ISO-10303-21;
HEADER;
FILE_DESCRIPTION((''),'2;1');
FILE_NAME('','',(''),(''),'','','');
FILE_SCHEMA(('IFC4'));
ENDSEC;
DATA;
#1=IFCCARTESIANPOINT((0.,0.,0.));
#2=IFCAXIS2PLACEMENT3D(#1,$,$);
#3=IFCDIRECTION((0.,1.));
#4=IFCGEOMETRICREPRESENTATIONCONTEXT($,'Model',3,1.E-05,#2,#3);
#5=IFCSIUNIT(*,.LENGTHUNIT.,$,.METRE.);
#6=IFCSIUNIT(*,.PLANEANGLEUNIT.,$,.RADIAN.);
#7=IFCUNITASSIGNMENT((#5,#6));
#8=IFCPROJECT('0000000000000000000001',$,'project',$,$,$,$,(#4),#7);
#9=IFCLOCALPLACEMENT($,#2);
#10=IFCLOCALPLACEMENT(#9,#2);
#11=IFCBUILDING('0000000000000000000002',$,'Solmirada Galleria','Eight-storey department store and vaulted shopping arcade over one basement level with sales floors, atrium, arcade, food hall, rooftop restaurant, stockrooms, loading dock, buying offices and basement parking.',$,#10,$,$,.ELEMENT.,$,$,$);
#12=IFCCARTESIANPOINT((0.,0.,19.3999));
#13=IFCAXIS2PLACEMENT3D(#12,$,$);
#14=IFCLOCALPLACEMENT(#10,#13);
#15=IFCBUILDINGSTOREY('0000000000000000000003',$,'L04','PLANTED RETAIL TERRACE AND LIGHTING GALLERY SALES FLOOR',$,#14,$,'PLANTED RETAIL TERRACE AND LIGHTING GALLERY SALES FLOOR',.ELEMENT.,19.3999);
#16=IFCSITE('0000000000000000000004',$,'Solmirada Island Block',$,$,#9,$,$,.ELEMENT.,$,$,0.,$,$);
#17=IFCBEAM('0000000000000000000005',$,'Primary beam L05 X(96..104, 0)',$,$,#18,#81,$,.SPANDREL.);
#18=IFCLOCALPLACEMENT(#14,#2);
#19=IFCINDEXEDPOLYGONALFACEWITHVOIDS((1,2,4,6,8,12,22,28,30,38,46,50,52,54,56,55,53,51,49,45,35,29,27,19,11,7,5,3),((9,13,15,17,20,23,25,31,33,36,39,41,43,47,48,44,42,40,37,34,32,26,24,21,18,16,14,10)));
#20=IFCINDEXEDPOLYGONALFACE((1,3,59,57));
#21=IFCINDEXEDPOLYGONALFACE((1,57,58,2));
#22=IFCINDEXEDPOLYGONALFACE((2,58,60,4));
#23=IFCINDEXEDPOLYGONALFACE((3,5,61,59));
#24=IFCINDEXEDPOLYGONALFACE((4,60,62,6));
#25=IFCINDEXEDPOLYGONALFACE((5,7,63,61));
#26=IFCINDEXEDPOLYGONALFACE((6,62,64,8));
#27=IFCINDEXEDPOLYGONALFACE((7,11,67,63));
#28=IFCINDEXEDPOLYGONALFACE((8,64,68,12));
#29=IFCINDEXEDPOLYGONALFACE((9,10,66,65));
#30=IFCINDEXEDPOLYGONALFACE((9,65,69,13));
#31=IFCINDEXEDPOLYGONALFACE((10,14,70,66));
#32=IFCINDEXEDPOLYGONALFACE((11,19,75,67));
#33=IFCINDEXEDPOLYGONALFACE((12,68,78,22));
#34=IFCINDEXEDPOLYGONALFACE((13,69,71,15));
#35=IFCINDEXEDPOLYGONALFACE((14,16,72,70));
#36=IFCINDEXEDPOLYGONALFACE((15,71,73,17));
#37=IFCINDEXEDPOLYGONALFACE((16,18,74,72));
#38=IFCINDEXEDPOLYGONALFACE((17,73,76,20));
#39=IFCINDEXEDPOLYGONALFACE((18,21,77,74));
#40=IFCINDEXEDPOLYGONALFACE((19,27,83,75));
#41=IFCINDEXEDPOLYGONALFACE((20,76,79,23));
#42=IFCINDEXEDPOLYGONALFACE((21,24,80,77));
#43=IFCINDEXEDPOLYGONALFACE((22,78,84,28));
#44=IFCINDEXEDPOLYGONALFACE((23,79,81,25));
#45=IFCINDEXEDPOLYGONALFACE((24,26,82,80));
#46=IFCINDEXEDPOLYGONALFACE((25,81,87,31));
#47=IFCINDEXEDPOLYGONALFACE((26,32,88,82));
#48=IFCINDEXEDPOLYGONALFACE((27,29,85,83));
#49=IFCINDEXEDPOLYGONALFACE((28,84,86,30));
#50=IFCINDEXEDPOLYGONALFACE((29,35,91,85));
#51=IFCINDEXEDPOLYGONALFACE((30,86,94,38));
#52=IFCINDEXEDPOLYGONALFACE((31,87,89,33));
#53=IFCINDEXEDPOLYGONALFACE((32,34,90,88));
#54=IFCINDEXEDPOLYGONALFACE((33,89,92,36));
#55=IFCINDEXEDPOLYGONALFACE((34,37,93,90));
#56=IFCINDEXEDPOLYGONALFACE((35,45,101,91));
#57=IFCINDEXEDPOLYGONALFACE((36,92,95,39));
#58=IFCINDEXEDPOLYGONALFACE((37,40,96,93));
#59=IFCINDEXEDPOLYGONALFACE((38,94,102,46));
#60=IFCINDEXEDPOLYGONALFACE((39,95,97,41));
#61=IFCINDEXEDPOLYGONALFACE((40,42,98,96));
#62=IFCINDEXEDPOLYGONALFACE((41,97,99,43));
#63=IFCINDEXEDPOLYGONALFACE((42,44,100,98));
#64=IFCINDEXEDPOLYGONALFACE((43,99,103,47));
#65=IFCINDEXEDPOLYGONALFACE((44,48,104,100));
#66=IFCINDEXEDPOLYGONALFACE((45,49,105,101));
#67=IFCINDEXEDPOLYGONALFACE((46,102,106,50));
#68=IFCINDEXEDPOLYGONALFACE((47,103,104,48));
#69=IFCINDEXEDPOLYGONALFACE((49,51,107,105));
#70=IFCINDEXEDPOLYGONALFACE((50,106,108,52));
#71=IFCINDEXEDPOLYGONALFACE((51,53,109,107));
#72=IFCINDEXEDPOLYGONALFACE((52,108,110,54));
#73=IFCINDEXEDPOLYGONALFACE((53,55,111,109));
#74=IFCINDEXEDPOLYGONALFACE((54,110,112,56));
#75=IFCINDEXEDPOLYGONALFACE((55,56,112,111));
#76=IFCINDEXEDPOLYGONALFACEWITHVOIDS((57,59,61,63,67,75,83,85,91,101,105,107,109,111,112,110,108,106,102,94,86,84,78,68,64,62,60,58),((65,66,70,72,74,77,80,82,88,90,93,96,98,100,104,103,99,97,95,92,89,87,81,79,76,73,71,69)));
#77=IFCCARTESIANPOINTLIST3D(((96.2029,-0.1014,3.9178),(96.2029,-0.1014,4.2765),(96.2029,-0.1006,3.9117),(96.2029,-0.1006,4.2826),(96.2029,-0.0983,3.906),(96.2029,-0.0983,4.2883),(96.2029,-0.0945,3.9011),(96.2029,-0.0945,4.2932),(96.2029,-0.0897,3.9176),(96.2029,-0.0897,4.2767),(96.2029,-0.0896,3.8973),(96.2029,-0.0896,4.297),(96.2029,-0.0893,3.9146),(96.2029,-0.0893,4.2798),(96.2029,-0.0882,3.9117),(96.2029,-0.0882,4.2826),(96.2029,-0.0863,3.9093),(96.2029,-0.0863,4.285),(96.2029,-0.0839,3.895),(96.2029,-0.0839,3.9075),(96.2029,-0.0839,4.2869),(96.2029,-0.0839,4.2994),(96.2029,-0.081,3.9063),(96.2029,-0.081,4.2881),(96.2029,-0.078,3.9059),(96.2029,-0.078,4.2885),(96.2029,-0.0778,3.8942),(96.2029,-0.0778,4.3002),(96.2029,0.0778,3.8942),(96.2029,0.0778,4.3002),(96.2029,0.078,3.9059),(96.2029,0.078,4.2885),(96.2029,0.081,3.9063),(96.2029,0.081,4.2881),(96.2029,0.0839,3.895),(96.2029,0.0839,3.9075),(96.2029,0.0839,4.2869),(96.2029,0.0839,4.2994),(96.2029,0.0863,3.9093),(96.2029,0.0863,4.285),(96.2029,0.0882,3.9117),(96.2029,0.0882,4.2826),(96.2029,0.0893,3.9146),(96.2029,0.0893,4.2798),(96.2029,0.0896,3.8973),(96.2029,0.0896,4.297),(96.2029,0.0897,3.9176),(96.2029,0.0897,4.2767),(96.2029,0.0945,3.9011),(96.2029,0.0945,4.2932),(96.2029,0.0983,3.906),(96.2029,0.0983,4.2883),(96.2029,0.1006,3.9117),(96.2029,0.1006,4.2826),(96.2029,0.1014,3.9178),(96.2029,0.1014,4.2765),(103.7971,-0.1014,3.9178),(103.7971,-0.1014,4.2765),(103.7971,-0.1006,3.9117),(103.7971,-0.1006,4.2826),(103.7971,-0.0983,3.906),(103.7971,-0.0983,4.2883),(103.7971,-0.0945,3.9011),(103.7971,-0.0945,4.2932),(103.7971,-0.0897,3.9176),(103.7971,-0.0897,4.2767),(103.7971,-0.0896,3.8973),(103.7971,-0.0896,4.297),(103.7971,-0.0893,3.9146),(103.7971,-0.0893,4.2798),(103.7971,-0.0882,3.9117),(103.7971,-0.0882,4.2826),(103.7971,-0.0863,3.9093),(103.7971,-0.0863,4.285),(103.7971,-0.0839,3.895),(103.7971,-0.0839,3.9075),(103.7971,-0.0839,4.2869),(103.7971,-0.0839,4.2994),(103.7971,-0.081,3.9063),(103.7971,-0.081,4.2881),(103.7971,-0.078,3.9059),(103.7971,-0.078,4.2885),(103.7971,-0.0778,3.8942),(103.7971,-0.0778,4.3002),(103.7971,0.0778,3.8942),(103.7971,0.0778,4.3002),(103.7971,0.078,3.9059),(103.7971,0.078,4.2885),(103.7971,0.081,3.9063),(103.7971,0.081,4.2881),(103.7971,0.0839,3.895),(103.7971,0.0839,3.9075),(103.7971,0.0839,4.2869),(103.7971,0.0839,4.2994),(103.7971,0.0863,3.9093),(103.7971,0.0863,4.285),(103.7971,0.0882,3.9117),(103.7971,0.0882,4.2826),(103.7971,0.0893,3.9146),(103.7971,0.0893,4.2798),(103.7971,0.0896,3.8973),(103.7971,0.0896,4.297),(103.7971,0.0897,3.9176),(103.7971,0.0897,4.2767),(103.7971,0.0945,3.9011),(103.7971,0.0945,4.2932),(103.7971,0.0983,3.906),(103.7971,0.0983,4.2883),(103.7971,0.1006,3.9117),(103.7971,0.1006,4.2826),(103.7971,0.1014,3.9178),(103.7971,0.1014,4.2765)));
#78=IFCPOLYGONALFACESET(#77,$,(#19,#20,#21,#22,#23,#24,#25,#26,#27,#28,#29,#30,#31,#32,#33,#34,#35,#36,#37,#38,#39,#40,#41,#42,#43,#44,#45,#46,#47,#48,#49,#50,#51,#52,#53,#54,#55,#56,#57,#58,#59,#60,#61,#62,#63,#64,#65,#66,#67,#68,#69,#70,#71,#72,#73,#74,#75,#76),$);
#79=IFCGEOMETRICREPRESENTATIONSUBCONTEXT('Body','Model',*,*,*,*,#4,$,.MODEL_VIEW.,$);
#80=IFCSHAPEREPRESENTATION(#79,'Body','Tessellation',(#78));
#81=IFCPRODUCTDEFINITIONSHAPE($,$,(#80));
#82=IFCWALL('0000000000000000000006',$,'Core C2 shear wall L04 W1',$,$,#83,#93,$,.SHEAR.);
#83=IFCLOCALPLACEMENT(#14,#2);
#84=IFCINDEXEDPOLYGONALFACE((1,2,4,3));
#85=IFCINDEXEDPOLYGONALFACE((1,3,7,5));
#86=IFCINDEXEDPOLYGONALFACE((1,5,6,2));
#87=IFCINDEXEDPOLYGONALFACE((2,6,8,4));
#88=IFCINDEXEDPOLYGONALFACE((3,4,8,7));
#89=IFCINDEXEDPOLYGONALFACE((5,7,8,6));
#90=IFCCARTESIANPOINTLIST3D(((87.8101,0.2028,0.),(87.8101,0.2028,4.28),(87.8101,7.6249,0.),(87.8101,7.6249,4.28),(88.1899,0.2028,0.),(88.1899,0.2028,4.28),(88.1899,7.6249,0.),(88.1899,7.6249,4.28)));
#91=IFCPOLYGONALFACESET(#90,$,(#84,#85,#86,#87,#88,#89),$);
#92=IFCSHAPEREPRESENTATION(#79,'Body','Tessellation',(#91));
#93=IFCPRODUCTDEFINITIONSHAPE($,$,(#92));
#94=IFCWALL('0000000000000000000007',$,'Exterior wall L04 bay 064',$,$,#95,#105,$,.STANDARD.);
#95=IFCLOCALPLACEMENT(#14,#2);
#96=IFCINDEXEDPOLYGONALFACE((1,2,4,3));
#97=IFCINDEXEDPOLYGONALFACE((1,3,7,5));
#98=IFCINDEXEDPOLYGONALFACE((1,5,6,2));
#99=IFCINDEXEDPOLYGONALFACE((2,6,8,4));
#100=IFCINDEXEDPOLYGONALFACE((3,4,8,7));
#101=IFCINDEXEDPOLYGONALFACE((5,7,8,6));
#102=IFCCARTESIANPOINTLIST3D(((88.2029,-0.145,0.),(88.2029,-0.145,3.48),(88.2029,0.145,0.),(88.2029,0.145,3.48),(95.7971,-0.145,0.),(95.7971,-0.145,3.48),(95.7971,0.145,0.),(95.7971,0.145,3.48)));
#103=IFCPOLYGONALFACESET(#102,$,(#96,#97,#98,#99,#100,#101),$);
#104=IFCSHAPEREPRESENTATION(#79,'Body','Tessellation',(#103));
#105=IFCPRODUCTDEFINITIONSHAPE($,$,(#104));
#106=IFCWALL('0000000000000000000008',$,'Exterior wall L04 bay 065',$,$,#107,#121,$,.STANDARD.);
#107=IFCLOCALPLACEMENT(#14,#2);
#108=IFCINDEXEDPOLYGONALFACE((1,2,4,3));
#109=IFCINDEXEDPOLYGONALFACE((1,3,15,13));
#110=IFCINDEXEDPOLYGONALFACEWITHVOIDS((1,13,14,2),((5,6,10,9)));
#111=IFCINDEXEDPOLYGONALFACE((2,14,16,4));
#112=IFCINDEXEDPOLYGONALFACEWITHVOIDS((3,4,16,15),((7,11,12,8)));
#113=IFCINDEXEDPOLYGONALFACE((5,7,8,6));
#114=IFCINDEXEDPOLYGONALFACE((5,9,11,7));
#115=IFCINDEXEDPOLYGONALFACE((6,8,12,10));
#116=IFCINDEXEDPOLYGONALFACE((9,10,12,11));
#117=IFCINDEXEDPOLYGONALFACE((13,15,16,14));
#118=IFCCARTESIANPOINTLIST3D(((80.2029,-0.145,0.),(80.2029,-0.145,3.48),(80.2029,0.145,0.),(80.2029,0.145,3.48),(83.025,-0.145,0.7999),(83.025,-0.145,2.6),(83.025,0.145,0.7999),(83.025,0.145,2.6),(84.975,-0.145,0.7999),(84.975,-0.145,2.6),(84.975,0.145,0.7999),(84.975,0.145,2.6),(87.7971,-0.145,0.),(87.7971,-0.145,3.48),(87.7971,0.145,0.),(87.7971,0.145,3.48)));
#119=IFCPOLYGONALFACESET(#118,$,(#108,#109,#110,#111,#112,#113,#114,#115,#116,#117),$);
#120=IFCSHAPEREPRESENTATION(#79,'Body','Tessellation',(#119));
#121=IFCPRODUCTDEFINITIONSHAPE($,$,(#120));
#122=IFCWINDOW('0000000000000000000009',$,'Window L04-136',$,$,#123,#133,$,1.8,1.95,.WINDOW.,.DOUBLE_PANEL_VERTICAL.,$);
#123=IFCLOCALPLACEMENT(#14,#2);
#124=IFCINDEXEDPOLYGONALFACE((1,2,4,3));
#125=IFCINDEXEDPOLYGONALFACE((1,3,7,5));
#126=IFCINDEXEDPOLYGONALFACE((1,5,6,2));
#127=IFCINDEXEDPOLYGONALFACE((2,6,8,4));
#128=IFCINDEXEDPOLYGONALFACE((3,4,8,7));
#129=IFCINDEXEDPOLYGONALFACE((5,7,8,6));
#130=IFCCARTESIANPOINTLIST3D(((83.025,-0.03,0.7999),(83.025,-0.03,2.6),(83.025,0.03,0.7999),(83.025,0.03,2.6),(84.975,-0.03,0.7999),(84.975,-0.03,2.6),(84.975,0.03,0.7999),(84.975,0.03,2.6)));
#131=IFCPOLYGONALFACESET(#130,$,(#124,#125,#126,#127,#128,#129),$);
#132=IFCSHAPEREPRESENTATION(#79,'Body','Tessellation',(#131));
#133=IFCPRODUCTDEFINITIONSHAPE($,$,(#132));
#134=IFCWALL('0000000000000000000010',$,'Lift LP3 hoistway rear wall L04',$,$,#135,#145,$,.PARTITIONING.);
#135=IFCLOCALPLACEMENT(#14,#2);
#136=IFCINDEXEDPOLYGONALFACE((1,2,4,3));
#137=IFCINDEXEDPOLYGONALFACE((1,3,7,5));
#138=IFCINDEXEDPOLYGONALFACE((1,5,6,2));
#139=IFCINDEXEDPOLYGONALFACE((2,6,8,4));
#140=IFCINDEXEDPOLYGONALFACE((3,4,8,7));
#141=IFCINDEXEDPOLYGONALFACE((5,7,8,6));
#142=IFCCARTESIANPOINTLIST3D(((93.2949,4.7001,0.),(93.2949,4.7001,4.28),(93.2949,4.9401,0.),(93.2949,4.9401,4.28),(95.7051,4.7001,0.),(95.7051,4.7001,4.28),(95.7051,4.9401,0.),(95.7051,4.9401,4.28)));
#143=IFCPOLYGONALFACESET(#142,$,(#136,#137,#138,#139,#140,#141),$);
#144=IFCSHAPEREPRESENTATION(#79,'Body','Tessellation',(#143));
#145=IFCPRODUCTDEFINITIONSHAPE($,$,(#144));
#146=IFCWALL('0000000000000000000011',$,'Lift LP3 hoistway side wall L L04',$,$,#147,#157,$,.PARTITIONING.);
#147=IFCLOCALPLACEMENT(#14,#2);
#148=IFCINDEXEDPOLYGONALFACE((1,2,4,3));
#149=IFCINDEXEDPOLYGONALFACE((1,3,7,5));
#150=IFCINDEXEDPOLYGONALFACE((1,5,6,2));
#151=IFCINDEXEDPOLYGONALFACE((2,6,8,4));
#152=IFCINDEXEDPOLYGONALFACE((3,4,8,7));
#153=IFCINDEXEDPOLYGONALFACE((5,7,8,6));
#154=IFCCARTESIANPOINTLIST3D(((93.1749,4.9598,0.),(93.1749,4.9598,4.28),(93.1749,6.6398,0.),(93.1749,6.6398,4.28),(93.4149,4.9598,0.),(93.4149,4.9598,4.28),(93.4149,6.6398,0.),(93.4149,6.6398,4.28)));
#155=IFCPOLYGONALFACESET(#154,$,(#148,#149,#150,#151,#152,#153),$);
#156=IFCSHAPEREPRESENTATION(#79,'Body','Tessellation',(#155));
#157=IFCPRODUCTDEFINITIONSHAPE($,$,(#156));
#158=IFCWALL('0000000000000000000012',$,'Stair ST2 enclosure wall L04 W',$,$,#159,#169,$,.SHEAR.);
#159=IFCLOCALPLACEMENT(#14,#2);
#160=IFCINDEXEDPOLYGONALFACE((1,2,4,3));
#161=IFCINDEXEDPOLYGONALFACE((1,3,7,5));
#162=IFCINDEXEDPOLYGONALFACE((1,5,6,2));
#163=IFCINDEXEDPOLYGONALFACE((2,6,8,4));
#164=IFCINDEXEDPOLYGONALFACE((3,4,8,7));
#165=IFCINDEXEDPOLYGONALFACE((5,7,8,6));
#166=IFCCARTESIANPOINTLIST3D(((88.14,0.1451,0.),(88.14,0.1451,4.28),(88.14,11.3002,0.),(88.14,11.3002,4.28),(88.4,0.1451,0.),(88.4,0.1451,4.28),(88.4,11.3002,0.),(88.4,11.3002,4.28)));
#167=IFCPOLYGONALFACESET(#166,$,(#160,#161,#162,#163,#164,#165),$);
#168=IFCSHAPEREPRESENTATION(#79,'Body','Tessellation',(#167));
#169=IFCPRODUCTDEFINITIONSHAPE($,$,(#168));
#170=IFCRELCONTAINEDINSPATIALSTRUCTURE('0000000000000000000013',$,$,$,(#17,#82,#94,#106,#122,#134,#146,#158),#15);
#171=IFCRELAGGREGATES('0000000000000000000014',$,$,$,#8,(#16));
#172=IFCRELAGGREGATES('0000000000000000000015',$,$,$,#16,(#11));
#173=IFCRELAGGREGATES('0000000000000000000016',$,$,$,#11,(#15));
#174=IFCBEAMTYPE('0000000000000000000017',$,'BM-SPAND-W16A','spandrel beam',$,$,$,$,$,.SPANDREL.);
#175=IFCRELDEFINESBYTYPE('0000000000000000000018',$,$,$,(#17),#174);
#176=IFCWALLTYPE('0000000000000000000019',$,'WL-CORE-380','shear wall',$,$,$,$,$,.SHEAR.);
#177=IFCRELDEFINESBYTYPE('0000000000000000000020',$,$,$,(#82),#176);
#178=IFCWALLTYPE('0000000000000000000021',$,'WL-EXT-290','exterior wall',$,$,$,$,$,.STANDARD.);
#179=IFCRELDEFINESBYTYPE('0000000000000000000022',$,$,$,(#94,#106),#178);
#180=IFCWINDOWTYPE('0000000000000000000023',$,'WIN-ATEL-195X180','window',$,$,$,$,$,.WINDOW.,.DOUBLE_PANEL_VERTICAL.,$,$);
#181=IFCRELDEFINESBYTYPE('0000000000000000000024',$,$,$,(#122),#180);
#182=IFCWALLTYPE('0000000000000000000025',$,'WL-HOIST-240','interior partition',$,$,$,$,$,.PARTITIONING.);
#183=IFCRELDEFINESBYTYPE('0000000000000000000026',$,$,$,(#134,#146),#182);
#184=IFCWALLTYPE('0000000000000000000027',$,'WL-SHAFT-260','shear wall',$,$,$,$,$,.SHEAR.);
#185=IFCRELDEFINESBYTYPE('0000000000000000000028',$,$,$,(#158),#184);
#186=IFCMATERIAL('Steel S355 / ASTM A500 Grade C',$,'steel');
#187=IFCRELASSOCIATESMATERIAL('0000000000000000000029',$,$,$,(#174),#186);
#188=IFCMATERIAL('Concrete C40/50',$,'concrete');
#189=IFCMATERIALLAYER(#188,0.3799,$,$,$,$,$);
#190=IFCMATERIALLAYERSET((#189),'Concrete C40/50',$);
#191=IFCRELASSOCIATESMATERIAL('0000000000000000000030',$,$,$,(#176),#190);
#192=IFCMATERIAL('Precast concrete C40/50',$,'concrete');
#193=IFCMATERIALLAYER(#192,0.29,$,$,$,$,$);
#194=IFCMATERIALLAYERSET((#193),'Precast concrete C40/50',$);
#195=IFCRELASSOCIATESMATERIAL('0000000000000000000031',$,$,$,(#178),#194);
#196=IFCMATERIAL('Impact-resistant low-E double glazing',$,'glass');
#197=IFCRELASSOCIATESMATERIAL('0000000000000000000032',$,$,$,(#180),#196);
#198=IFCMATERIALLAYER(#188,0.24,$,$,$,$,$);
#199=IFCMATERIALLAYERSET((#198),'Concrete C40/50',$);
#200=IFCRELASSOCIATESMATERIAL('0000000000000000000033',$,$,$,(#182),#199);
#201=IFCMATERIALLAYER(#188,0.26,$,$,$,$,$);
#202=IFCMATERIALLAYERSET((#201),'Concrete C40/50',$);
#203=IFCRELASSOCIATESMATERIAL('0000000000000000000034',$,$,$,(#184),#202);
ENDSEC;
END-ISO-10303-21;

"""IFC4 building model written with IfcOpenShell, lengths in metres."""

from ifc_helpers import new_model, si_unit, direction, frame, frame_2d, origin, origin_2d, place, context, subcontext, project, spatial, rectangle, hollow_rectangle, extrude, material, layer, layer_set, material_profile, profile_set, type_object, element, fill, save


model = new_model("IFC4")

# Units and contexts
model_context = context("Model", 3, precision=1e-05, world=origin(), true_north=direction((0.0, 1.0)))
body_context = subcontext(model_context, "Body", "Model", "MODEL_VIEW")
ifc_project = project(units=[si_unit("LENGTHUNIT", "METRE"), si_unit("PLANEANGLEUNIT", "RADIAN")], contexts=[model_context])

# Site, building, storey
site_placement = place(None, origin())
site = spatial("IfcSite", under=ifc_project, at=site_placement, Name="Solmirada Island Block", CompositionType="ELEMENT", RefElevation=0.0)
building_placement = place(site_placement, origin())
building = spatial("IfcBuilding", under=site, at=building_placement, Name="Solmirada Galleria", Description="Eight-storey department store and vaulted shopping arcade over one basement level with sales floors, atrium, arcade, food hall, rooftop restaurant, stockrooms, loading dock, buying offices and basement parking.", CompositionType="ELEMENT")
storey_placement = place(building_placement, frame((0.0, 0.0, 19.3999)))
storey = spatial("IfcBuildingStorey", under=building, at=storey_placement, Name="L04", Description="PLANTED RETAIL TERRACE AND LIGHTING GALLERY SALES FLOOR", LongName="PLANTED RETAIL TERRACE AND LIGHTING GALLERY SALES FLOOR", CompositionType="ELEMENT", Elevation=19.3999)

# Shared definitions
ifc_material_1 = material(Name="Steel S355 / ASTM A500 Grade C", Category="steel")

# Beam
ifc_material_profile_1 = material_profile(ifc_material_1, hollow_rectangle(XDim=0.2029, YDim=0.406, WallThickness=0.0117, InnerFilletRadius=0.0117, OuterFilletRadius=0.0237, at=origin_2d()), Name="HSS16X8X1/2")
ifc_profile_set_1 = profile_set([ifc_material_profile_1], Name="Steel S355 / ASTM A500 Grade C")
beam_type_1 = type_object("IfcBeamType", Name="BM-SPAND-W16A", Description="spandrel beam", PredefinedType="SPANDREL", material=ifc_profile_set_1)
for number, where, z_axis, x_axis, name in (
    (1, (96.2029, 0.0, 4.0972), (1.0, 0.0, 0.0), (0.0, 1.0, 0.0), "Primary beam L05 X(96..104, 0)"),
):
    element("IfcBeam", number, at=place(storey_placement, frame(where, z_axis=z_axis, x_axis=x_axis)), inside=storey, type_object=beam_type_1, Name=name, PredefinedType="SPANDREL", context=body_context, shape_type="SweptSolid", body=[
        extrude(hollow_rectangle(XDim=0.2029, YDim=0.406, WallThickness=0.0117, InnerFilletRadius=0.0117, OuterFilletRadius=0.0237, at=origin_2d()), origin(), (0.0, 0.0, 1.0), 7.5942),
    ])

# Wall
ifc_material_2 = material(Name="Concrete C40/50", Category="concrete")
ifc_layer_1 = layer(ifc_material_2, 0.3799)
ifc_layer_set_1 = layer_set([ifc_layer_1], Name="Concrete C40/50")
wall_type_1 = type_object("IfcWallType", Name="WL-CORE-380", Description="shear wall", PredefinedType="SHEAR", material=ifc_layer_set_1)
wall_1_placement = place(storey_placement, frame((88.0, 0.2029, 0.0), z_axis=(0.0, 0.0, 1.0), x_axis=(0.0, 1.0, 0.0)))
element("IfcWall", 2, at=wall_1_placement, inside=storey, type_object=wall_type_1, Name="Core C2 shear wall L04 W1", PredefinedType="SHEAR", context=body_context, shape_type="SweptSolid", body=[
    extrude(rectangle(XDim=7.4221, YDim=0.3799, at=frame_2d((3.7109, 0.0))), origin(), (0.0, 0.0, 1.0), 4.28),
])

# Wall
ifc_material_3 = material(Name="Precast concrete C40/50", Category="concrete")
ifc_layer_2 = layer(ifc_material_3, 0.29)
ifc_layer_set_2 = layer_set([ifc_layer_2], Name="Precast concrete C40/50")
wall_type_2 = type_object("IfcWallType", Name="WL-EXT-290", Description="exterior wall", PredefinedType="STANDARD", material=ifc_layer_set_2)
wall_2_placement = place(storey_placement, frame((95.7971, 0.0, 0.0), z_axis=(0.0, 0.0, 1.0), x_axis=(-1.0, 0.0, 0.0)))
element("IfcWall", 3, at=wall_2_placement, inside=storey, type_object=wall_type_2, Name="Exterior wall L04 bay 064", PredefinedType="STANDARD", context=body_context, shape_type="SweptSolid", body=[
    extrude(rectangle(XDim=7.5942, YDim=0.29, at=frame_2d((3.7971, 0.0))), origin(), (0.0, 0.0, 1.0), 3.48),
])

# Wall, opening, window
wall_3_placement = place(storey_placement, frame((87.7971, 0.0, 0.0), z_axis=(0.0, 0.0, 1.0), x_axis=(-1.0, 0.0, 0.0)))
wall_3 = element("IfcWall", 4, at=wall_3_placement, inside=storey, type_object=wall_type_2, Name="Exterior wall L04 bay 065", PredefinedType="STANDARD", context=body_context, shape_type="SweptSolid", body=[
    extrude(rectangle(XDim=7.5942, YDim=0.29, at=frame_2d((3.7971, 0.0))), origin(), (0.0, 0.0, 1.0), 3.48),
])
opening_1_placement = place(wall_3_placement, frame((2.822, 0.0, 0.8)))
opening_1 = element("IfcOpeningElement", 5, at=opening_1_placement, cuts=wall_3, PredefinedType="OPENING", context=body_context, shape_type="SweptSolid", body=[
    extrude(rectangle(XDim=1.95, YDim=1.8, at=frame_2d((0.9751, 0.8999))), frame((0.0, 0.155, 0.0), z_axis=(0.0, -1.0, 0.0), x_axis=(1.0, 0.0, 0.0)), (0.0, 0.0, 1.0), 0.3101),
])
ifc_material_4 = material(Name="Impact-resistant low-E double glazing", Category="glass")
window_type = type_object("IfcWindowType", Name="WIN-ATEL-195X180", Description="window", PartitioningType="DOUBLE_PANEL_VERTICAL", PredefinedType="WINDOW", material=ifc_material_4)
window_placement = place(opening_1_placement, origin())
window = element("IfcWindow", 6, at=window_placement, inside=storey, type_object=window_type, Name="Window L04-136", OverallHeight=1.8, OverallWidth=1.95, PartitioningType="DOUBLE_PANEL_VERTICAL", PredefinedType="WINDOW", context=body_context, shape_type="SweptSolid", body=[
    extrude(rectangle(XDim=1.95, YDim=1.8, at=frame_2d((0.9751, 0.8999))), frame((0.0, 0.03, 0.0), z_axis=(0.0, -1.0, 0.0), x_axis=(1.0, 0.0, 0.0)), (0.0, 0.0, 1.0), 0.0601),
])
fill(opening_1, window)

# Walls
ifc_layer_3 = layer(ifc_material_2, 0.24)
ifc_layer_set_3 = layer_set([ifc_layer_3], Name="Concrete C40/50")
wall_type_3 = type_object("IfcWallType", Name="WL-HOIST-240", Description="interior partition", PredefinedType="PARTITIONING", material=ifc_layer_set_3)
wall_4_placement = place(storey_placement, frame((93.2949, 4.8201, 0.0), z_axis=(0.0, 0.0, 1.0), x_axis=(1.0, 0.0, 0.0)))
element("IfcWall", 7, at=wall_4_placement, inside=storey, type_object=wall_type_3, Name="Lift LP3 hoistway rear wall L04", PredefinedType="PARTITIONING", context=body_context, shape_type="SweptSolid", body=[
    extrude(rectangle(XDim=2.4102, YDim=0.24, at=frame_2d((1.2051, 0.0))), origin(), (0.0, 0.0, 1.0), 4.28),
])
wall_5_placement = place(storey_placement, frame((93.2949, 4.96, 0.0), z_axis=(0.0, 0.0, 1.0), x_axis=(0.0, 1.0, 0.0)))
element("IfcWall", 8, at=wall_5_placement, inside=storey, type_object=wall_type_3, Name="Lift LP3 hoistway side wall L L04", PredefinedType="PARTITIONING", context=body_context, shape_type="SweptSolid", body=[
    extrude(rectangle(XDim=1.6799, YDim=0.24, at=frame_2d((0.8398, 0.0))), origin(), (0.0, 0.0, 1.0), 4.28),
])
ifc_layer_4 = layer(ifc_material_2, 0.26)
ifc_layer_set_4 = layer_set([ifc_layer_4], Name="Concrete C40/50")
wall_type_4 = type_object("IfcWallType", Name="WL-SHAFT-260", Description="shear wall", PredefinedType="SHEAR", material=ifc_layer_set_4)
wall_6_placement = place(storey_placement, frame((88.27, 0.145, 0.0), z_axis=(0.0, 0.0, 1.0), x_axis=(0.0, 1.0, 0.0)))
element("IfcWall", 9, at=wall_6_placement, inside=storey, type_object=wall_type_4, Name="Stair ST2 enclosure wall L04 W", PredefinedType="SHEAR", context=body_context, shape_type="SweptSolid", body=[
    extrude(rectangle(XDim=11.155, YDim=0.26, at=frame_2d((5.5776, 0.0))), origin(), (0.0, 0.0, 1.0), 4.28),
])

save(model, "model.ifc")
